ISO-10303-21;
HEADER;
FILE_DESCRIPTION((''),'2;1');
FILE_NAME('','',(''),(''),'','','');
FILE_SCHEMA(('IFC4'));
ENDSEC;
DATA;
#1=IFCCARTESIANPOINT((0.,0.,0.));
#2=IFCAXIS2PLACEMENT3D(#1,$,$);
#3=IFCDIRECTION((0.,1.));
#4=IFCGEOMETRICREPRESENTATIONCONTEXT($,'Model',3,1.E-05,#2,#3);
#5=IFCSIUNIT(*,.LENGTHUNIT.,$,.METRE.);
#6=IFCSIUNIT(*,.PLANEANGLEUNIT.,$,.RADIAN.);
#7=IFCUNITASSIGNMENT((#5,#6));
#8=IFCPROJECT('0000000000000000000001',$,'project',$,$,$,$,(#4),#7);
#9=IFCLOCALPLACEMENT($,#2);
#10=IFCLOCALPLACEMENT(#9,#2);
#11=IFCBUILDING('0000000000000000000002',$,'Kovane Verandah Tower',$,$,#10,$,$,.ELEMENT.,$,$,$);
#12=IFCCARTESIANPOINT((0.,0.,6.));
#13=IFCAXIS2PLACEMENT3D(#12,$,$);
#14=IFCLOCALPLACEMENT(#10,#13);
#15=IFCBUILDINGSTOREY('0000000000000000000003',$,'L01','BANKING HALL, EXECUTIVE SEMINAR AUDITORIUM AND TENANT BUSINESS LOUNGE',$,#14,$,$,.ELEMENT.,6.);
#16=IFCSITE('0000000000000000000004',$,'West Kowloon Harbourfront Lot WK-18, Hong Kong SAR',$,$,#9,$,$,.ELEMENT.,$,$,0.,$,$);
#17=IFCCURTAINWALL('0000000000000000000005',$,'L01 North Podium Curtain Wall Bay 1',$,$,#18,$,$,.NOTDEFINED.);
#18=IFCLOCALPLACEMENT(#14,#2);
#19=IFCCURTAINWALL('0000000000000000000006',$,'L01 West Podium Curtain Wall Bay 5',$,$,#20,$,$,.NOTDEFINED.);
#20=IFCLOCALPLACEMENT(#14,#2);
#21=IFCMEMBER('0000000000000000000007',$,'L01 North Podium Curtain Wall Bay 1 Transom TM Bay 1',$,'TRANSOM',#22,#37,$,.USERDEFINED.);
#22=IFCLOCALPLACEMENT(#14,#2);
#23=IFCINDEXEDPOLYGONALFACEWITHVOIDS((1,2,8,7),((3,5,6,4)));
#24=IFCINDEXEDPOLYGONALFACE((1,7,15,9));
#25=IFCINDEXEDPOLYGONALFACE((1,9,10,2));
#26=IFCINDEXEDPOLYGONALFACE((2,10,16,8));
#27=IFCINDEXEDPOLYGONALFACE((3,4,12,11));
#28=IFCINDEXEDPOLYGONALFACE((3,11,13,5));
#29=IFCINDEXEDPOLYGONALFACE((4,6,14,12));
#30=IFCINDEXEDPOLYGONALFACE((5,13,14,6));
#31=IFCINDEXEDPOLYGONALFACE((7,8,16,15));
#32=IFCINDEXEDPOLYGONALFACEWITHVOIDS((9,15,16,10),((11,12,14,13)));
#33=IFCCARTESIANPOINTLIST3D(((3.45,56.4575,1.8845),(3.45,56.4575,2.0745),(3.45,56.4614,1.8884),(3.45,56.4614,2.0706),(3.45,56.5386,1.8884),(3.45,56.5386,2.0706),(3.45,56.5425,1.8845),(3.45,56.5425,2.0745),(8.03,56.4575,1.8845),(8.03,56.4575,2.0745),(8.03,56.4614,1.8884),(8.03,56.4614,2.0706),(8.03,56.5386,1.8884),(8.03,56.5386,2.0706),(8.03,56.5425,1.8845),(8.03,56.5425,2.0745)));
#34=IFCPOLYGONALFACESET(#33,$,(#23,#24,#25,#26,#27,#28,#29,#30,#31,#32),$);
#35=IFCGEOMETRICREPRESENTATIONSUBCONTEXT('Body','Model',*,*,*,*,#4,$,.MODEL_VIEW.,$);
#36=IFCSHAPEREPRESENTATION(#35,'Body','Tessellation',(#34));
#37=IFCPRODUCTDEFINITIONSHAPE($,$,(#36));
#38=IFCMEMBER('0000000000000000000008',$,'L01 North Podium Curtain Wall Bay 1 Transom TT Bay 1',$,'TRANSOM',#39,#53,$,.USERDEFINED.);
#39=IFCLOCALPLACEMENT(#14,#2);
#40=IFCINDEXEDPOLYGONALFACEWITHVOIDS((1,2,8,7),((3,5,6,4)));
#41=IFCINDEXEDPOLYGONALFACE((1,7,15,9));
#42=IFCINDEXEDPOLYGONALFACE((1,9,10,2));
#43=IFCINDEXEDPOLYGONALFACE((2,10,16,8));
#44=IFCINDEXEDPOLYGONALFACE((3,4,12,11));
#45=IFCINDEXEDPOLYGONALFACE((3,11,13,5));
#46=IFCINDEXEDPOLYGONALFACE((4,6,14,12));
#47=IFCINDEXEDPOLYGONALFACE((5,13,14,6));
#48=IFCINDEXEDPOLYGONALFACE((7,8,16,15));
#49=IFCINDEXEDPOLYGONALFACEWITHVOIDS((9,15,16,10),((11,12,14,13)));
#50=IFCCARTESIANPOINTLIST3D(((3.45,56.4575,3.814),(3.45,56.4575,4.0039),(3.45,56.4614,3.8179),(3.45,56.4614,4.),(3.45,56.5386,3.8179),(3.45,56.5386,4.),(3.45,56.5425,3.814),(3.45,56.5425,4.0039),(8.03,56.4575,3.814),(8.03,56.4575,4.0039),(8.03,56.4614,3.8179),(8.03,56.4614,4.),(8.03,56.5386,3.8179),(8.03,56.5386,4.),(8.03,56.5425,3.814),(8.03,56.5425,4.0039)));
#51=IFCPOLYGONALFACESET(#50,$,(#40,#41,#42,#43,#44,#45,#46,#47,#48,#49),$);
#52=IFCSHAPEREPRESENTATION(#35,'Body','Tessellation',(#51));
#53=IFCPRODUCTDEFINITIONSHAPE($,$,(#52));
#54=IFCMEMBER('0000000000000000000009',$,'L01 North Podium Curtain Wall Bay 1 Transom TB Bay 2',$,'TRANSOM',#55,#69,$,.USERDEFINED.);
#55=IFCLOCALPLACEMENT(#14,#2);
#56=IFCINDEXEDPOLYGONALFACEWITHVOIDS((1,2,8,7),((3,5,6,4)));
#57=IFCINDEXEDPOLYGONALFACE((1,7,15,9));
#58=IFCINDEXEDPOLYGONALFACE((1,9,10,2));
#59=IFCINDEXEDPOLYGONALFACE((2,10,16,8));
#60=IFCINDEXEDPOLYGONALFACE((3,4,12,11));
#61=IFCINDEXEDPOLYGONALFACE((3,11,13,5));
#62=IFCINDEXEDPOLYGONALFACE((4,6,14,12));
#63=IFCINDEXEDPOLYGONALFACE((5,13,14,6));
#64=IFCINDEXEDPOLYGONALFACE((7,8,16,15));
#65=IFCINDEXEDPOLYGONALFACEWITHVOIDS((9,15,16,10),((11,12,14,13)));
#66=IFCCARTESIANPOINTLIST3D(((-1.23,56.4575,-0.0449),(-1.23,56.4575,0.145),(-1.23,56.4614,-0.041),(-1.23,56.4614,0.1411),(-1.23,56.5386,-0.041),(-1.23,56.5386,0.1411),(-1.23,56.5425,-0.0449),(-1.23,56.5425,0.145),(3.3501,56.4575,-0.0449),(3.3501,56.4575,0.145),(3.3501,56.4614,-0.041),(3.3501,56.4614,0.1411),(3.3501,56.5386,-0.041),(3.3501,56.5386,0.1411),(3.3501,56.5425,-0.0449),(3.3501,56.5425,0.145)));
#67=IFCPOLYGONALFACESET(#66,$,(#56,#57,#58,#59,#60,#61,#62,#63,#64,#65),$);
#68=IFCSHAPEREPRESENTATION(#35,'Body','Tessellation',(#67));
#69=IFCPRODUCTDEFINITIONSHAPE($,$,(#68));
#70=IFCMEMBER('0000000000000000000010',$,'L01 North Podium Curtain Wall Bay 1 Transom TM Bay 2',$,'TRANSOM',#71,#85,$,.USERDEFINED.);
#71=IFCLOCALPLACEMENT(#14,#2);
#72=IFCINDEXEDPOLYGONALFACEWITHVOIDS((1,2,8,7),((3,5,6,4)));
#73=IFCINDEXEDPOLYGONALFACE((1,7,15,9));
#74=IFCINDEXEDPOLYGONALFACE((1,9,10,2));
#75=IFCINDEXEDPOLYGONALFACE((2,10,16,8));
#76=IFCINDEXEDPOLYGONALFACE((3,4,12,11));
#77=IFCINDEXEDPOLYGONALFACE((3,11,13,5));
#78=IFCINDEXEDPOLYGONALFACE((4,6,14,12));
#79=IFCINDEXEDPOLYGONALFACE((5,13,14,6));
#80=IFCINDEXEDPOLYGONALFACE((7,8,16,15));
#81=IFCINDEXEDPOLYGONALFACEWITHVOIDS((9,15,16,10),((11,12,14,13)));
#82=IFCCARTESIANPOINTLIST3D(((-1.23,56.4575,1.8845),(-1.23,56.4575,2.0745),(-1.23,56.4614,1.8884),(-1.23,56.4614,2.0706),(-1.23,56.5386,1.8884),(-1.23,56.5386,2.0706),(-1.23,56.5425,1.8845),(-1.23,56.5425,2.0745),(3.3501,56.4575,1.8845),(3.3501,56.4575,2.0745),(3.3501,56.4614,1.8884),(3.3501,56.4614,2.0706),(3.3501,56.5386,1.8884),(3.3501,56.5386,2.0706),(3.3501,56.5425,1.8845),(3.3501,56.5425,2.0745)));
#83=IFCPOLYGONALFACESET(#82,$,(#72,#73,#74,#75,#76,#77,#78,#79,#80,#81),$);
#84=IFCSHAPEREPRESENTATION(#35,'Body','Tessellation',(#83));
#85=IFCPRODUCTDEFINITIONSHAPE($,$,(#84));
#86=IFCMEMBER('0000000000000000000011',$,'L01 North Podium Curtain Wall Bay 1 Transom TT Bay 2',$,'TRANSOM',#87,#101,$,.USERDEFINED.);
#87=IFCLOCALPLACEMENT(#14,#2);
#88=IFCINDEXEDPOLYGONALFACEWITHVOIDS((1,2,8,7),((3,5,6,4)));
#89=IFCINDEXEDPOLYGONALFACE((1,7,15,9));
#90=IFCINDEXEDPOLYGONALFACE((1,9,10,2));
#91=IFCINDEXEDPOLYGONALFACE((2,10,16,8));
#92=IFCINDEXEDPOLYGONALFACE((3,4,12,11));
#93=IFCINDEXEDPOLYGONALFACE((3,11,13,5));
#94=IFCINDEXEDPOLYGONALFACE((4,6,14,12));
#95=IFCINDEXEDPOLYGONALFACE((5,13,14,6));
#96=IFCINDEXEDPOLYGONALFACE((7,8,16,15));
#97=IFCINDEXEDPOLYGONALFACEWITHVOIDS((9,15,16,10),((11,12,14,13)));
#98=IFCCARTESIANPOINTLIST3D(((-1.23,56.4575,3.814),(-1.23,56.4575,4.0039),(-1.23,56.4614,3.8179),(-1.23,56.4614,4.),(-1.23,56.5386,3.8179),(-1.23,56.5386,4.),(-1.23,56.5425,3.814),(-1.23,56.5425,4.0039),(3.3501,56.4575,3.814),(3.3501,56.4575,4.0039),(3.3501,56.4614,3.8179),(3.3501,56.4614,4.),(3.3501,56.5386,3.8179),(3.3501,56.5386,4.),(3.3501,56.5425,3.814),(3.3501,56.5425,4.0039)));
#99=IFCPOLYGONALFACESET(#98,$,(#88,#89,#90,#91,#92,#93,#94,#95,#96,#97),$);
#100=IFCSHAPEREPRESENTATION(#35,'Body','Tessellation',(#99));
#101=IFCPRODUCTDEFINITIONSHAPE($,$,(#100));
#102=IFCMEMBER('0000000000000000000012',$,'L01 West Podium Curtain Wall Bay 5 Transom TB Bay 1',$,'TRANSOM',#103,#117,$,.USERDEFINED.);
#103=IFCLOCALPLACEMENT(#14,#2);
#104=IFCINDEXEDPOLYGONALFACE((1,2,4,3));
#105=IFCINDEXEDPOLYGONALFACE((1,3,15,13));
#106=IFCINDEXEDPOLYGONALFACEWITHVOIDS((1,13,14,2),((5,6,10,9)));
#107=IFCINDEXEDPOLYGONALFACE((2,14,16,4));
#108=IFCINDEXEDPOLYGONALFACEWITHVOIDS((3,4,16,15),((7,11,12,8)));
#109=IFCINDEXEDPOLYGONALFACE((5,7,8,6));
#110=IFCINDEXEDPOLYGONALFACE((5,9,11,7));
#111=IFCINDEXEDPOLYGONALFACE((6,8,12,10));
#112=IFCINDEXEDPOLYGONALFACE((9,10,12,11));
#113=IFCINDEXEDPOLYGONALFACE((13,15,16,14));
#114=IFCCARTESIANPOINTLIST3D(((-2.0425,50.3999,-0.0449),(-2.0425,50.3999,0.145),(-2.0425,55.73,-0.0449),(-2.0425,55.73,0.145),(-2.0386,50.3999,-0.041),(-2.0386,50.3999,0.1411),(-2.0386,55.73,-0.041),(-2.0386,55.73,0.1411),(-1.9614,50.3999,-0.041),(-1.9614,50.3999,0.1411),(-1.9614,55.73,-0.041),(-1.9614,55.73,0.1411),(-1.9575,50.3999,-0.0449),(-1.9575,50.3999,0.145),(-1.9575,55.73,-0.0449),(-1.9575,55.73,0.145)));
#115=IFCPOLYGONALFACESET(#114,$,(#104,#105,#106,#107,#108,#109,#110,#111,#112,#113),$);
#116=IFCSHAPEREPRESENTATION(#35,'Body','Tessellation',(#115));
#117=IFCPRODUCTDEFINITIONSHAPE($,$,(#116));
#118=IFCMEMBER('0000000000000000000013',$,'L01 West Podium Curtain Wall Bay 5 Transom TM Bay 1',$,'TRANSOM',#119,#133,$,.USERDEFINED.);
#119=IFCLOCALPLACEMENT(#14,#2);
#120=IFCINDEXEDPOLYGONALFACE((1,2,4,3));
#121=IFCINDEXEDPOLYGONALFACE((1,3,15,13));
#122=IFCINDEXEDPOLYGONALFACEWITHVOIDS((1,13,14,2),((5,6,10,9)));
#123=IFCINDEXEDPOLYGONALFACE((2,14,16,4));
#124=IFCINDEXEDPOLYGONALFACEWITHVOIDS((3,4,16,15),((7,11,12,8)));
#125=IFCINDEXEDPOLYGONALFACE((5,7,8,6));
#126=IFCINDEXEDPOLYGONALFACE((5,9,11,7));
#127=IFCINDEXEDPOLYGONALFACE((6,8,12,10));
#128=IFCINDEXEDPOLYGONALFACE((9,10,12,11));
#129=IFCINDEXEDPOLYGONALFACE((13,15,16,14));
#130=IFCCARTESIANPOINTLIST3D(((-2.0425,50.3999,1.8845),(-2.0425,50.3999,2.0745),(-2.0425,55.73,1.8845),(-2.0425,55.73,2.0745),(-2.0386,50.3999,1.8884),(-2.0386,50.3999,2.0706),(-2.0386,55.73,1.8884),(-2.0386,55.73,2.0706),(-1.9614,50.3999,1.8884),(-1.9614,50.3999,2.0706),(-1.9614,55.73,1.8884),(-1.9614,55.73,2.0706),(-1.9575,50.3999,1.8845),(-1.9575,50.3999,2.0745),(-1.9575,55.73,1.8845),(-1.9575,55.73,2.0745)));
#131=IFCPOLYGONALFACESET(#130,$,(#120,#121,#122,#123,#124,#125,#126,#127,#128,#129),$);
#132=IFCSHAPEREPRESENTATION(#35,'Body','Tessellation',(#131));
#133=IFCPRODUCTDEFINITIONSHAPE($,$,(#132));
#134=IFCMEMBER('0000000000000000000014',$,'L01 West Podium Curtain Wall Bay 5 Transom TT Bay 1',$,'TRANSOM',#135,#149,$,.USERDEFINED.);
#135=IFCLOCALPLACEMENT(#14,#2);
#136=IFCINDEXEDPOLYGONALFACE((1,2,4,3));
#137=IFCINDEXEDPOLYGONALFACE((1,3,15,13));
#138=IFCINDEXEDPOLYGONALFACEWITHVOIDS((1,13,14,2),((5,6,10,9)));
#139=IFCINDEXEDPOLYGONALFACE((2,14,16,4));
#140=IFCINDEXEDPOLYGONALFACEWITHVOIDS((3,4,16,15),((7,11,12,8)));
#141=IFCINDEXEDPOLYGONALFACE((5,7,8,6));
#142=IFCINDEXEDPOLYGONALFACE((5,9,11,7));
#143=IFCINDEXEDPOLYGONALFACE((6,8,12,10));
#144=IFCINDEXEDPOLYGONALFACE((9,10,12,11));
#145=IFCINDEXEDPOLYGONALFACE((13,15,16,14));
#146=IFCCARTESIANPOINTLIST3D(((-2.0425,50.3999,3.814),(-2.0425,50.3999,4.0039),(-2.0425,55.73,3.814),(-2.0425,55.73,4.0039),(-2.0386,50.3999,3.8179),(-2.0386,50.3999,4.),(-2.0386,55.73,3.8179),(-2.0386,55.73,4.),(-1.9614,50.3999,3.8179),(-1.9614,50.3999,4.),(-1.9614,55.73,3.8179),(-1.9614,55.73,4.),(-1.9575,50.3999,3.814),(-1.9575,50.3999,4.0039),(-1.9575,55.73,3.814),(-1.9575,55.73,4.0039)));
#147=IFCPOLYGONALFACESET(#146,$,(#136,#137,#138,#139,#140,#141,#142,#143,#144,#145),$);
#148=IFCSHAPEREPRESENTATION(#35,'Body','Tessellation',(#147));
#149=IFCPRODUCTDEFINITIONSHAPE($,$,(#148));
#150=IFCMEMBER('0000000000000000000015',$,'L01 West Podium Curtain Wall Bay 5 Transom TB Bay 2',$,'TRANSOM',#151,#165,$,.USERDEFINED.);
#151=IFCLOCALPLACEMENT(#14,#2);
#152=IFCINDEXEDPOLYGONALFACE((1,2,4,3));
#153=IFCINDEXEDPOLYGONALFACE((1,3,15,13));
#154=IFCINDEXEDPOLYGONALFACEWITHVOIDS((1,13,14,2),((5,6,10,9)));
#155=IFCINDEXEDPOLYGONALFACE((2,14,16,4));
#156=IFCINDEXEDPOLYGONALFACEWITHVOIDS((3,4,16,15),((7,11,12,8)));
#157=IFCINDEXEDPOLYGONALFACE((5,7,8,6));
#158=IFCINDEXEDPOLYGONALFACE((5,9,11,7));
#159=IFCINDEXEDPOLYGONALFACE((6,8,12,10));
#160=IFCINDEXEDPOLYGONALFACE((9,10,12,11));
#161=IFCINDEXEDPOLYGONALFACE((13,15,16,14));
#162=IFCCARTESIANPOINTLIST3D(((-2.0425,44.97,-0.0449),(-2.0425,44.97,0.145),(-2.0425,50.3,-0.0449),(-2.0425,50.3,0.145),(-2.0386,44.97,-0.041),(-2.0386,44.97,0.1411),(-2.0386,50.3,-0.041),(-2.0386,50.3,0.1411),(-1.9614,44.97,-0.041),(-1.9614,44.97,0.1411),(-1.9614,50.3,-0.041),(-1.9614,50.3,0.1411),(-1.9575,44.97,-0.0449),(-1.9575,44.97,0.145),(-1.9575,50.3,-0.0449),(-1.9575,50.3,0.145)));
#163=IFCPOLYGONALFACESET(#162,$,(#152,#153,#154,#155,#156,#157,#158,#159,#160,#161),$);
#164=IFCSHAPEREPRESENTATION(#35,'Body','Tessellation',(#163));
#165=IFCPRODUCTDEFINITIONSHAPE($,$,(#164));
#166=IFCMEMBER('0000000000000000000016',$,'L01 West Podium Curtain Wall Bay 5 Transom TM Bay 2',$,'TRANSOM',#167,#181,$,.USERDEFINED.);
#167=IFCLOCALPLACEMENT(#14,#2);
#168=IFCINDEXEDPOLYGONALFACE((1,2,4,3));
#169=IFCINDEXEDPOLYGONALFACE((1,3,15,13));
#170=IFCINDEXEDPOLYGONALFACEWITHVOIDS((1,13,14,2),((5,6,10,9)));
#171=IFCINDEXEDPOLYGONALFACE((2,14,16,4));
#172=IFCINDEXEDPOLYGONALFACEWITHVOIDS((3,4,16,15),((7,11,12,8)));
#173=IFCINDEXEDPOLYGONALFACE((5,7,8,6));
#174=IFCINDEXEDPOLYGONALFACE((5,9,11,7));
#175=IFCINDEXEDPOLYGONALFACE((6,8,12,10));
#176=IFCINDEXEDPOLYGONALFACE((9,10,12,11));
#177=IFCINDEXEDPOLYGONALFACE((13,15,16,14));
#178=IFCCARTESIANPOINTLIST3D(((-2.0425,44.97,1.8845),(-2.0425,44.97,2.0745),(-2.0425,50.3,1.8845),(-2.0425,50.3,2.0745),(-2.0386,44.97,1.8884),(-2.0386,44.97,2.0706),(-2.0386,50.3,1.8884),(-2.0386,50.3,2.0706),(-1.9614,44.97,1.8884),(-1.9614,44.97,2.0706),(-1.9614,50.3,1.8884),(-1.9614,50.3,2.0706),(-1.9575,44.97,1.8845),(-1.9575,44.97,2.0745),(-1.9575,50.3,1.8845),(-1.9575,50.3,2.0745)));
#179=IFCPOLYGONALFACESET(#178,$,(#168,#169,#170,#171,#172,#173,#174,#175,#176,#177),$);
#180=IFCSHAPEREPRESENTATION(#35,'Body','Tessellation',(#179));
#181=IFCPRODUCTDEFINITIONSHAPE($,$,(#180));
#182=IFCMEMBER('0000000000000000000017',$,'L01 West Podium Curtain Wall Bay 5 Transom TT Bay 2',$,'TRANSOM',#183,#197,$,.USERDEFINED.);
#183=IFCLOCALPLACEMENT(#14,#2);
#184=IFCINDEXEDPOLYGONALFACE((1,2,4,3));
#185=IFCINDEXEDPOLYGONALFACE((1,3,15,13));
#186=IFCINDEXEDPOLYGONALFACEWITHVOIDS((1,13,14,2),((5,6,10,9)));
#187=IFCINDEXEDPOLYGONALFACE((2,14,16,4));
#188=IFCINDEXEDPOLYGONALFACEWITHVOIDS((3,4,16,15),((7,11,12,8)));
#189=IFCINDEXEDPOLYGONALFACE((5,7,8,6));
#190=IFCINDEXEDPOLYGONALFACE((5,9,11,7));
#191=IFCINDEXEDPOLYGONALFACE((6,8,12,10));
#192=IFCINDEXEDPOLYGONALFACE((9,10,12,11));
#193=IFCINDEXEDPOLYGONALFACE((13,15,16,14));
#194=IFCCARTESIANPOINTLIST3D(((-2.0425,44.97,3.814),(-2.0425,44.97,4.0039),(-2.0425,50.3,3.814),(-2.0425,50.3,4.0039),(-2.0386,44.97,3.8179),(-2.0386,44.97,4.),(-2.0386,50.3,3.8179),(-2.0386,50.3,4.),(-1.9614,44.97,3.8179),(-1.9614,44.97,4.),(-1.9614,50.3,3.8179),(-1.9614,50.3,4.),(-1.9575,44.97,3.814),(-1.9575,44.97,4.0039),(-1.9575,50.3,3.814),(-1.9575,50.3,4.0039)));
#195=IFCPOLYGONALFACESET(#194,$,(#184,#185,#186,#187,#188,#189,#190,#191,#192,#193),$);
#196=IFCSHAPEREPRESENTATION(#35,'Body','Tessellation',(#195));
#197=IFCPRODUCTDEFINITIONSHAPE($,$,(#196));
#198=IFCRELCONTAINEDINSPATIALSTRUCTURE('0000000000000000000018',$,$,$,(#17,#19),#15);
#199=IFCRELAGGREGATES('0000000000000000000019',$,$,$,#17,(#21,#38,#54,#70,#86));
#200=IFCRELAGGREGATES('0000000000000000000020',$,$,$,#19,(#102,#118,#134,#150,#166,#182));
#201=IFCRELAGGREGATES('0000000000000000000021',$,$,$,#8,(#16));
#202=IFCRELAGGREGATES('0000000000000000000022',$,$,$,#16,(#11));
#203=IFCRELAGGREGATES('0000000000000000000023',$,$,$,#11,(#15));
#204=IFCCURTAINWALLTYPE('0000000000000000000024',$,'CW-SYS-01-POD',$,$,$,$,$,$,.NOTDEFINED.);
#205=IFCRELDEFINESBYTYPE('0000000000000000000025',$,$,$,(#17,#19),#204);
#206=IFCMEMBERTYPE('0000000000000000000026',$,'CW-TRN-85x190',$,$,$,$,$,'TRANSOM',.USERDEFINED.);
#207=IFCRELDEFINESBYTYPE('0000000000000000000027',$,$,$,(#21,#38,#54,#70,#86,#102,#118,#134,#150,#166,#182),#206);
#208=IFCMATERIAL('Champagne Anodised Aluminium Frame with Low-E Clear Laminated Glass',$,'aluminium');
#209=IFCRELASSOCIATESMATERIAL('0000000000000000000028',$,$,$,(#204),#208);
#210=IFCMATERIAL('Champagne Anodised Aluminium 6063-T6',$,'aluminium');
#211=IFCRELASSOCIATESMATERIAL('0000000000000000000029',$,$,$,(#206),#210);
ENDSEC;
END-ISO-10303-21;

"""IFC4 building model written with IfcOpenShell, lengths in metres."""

from ifc_helpers import new_model, si_unit, direction, frame, origin, origin_2d, place, context, subcontext, project, spatial, hollow_rectangle, extrude, material, material_profile, profile_set, type_object, element, aggregate, save


model = new_model("IFC4")

# Units and contexts
model_context = context("Model", 3, precision=1e-05, world=origin(), true_north=direction((0.0, 1.0)))
body_context = subcontext(model_context, "Body", "Model", "MODEL_VIEW")
ifc_project = project(units=[si_unit("LENGTHUNIT", "METRE"), si_unit("PLANEANGLEUNIT", "RADIAN")], contexts=[model_context])

# Site, building, storey
site_placement = place(None, origin())
site = spatial("IfcSite", under=ifc_project, at=site_placement, Name="West Kowloon Harbourfront Lot WK-18, Hong Kong SAR", CompositionType="ELEMENT", RefElevation=0.0)
building_placement = place(site_placement, origin())
building = spatial("IfcBuilding", under=site, at=building_placement, Name="Kovane Verandah Tower", CompositionType="ELEMENT")
storey_placement = place(building_placement, frame((0.0, 0.0, 6.0)))
storey = spatial("IfcBuildingStorey", under=building, at=storey_placement, Name="L01", Description="BANKING HALL, EXECUTIVE SEMINAR AUDITORIUM AND TENANT BUSINESS LOUNGE", CompositionType="ELEMENT", Elevation=6.0)

# Curtain wall
ifc_material_1 = material(Name="Champagne Anodised Aluminium Frame with Low-E Clear Laminated Glass", Category="aluminium")
curtain_wall_type = type_object("IfcCurtainWallType", Name="CW-SYS-01-POD", PredefinedType="NOTDEFINED", material=ifc_material_1)
curtain_wall_1_placement = place(storey_placement, origin())
curtain_wall_1 = element("IfcCurtainWall", 1, at=curtain_wall_1_placement, inside=storey, type_object=curtain_wall_type, Name="L01 North Podium Curtain Wall Bay 1", PredefinedType="NOTDEFINED")
ifc_material_2 = material(Name="Champagne Anodised Aluminium 6063-T6", Category="aluminium")

# Curtain wall
curtain_wall_2_placement = place(storey_placement, origin())
curtain_wall_2 = element("IfcCurtainWall", 2, at=curtain_wall_2_placement, inside=storey, type_object=curtain_wall_type, Name="L01 West Podium Curtain Wall Bay 5", PredefinedType="NOTDEFINED")

# Members
ifc_material_profile_1 = material_profile(ifc_material_2, hollow_rectangle(XDim=0.085, YDim=0.1899, WallThickness=0.0039, at=origin_2d()), Name="AL85x190x4")
ifc_profile_set_1 = profile_set([ifc_material_profile_1], Name="Champagne Anodised Aluminium 6063-T6")
member_type_1 = type_object("IfcMemberType", Name="CW-TRN-85x190", ElementType="TRANSOM", PredefinedType="USERDEFINED", material=ifc_profile_set_1)
member_1_placement = place(storey_placement, frame((8.03, 56.5, 1.9795), z_axis=(-1.0, 0.0, 0.0), x_axis=(0.0, -1.0, 0.0)))
member_1 = element("IfcMember", 3, at=member_1_placement, type_object=member_type_1, Name="L01 North Podium Curtain Wall Bay 1 Transom TM Bay 1", ObjectType="TRANSOM", PredefinedType="USERDEFINED", context=body_context, shape_type="SweptSolid", body=[
    extrude(hollow_rectangle(XDim=0.085, YDim=0.1899, WallThickness=0.0039, at=origin_2d()), origin(), (0.0, 0.0, 1.0), 4.5801),
])
member_2_placement = place(storey_placement, frame((8.03, 56.5, 3.9089), z_axis=(-1.0, 0.0, 0.0), x_axis=(0.0, -1.0, 0.0)))
member_2 = element("IfcMember", 4, at=member_2_placement, type_object=member_type_1, Name="L01 North Podium Curtain Wall Bay 1 Transom TT Bay 1", ObjectType="TRANSOM", PredefinedType="USERDEFINED", context=body_context, shape_type="SweptSolid", body=[
    extrude(hollow_rectangle(XDim=0.085, YDim=0.1899, WallThickness=0.0039, at=origin_2d()), origin(), (0.0, 0.0, 1.0), 4.5801),
])
member_3_placement = place(storey_placement, frame((3.3501, 56.5, 0.05), z_axis=(-1.0, 0.0, 0.0), x_axis=(0.0, -1.0, 0.0)))
member_3 = element("IfcMember", 5, at=member_3_placement, type_object=member_type_1, Name="L01 North Podium Curtain Wall Bay 1 Transom TB Bay 2", ObjectType="TRANSOM", PredefinedType="USERDEFINED", context=body_context, shape_type="SweptSolid", body=[
    extrude(hollow_rectangle(XDim=0.085, YDim=0.1899, WallThickness=0.0039, at=origin_2d()), origin(), (0.0, 0.0, 1.0), 4.5801),
])
member_4_placement = place(storey_placement, frame((3.3501, 56.5, 1.9795), z_axis=(-1.0, 0.0, 0.0), x_axis=(0.0, -1.0, 0.0)))
member_4 = element("IfcMember", 6, at=member_4_placement, type_object=member_type_1, Name="L01 North Podium Curtain Wall Bay 1 Transom TM Bay 2", ObjectType="TRANSOM", PredefinedType="USERDEFINED", context=body_context, shape_type="SweptSolid", body=[
    extrude(hollow_rectangle(XDim=0.085, YDim=0.1899, WallThickness=0.0039, at=origin_2d()), origin(), (0.0, 0.0, 1.0), 4.5801),
])
member_5_placement = place(storey_placement, frame((3.3501, 56.5, 3.9089), z_axis=(-1.0, 0.0, 0.0), x_axis=(0.0, -1.0, 0.0)))
member_5 = element("IfcMember", 7, at=member_5_placement, type_object=member_type_1, Name="L01 North Podium Curtain Wall Bay 1 Transom TT Bay 2", ObjectType="TRANSOM", PredefinedType="USERDEFINED", context=body_context, shape_type="SweptSolid", body=[
    extrude(hollow_rectangle(XDim=0.085, YDim=0.1899, WallThickness=0.0039, at=origin_2d()), origin(), (0.0, 0.0, 1.0), 4.5801),
])
member_6_placement = place(storey_placement, frame((-2.0, 55.73, 0.05), z_axis=(0.0, -1.0, 0.0), x_axis=(1.0, 0.0, 0.0)))
member_6 = element("IfcMember", 8, at=member_6_placement, type_object=member_type_1, Name="L01 West Podium Curtain Wall Bay 5 Transom TB Bay 1", ObjectType="TRANSOM", PredefinedType="USERDEFINED", context=body_context, shape_type="SweptSolid", body=[
    extrude(hollow_rectangle(XDim=0.085, YDim=0.1899, WallThickness=0.0039, at=origin_2d()), origin(), (0.0, 0.0, 1.0), 5.3301),
])
member_7_placement = place(storey_placement, frame((-2.0, 55.73, 1.9795), z_axis=(0.0, -1.0, 0.0), x_axis=(1.0, 0.0, 0.0)))
member_7 = element("IfcMember", 9, at=member_7_placement, type_object=member_type_1, Name="L01 West Podium Curtain Wall Bay 5 Transom TM Bay 1", ObjectType="TRANSOM", PredefinedType="USERDEFINED", context=body_context, shape_type="SweptSolid", body=[
    extrude(hollow_rectangle(XDim=0.085, YDim=0.1899, WallThickness=0.0039, at=origin_2d()), origin(), (0.0, 0.0, 1.0), 5.3301),
])
member_8_placement = place(storey_placement, frame((-2.0, 55.73, 3.9089), z_axis=(0.0, -1.0, 0.0), x_axis=(1.0, 0.0, 0.0)))
member_8 = element("IfcMember", 10, at=member_8_placement, type_object=member_type_1, Name="L01 West Podium Curtain Wall Bay 5 Transom TT Bay 1", ObjectType="TRANSOM", PredefinedType="USERDEFINED", context=body_context, shape_type="SweptSolid", body=[
    extrude(hollow_rectangle(XDim=0.085, YDim=0.1899, WallThickness=0.0039, at=origin_2d()), origin(), (0.0, 0.0, 1.0), 5.3301),
])
member_9_placement = place(storey_placement, frame((-2.0, 50.3, 0.05), z_axis=(0.0, -1.0, 0.0), x_axis=(1.0, 0.0, 0.0)))
member_9 = element("IfcMember", 11, at=member_9_placement, type_object=member_type_1, Name="L01 West Podium Curtain Wall Bay 5 Transom TB Bay 2", ObjectType="TRANSOM", PredefinedType="USERDEFINED", context=body_context, shape_type="SweptSolid", body=[
    extrude(hollow_rectangle(XDim=0.085, YDim=0.1899, WallThickness=0.0039, at=origin_2d()), origin(), (0.0, 0.0, 1.0), 5.3301),
])
member_10_placement = place(storey_placement, frame((-2.0, 50.3, 1.9795), z_axis=(0.0, -1.0, 0.0), x_axis=(1.0, 0.0, 0.0)))
member_10 = element("IfcMember", 12, at=member_10_placement, type_object=member_type_1, Name="L01 West Podium Curtain Wall Bay 5 Transom TM Bay 2", ObjectType="TRANSOM", PredefinedType="USERDEFINED", context=body_context, shape_type="SweptSolid", body=[
    extrude(hollow_rectangle(XDim=0.085, YDim=0.1899, WallThickness=0.0039, at=origin_2d()), origin(), (0.0, 0.0, 1.0), 5.3301),
])
member_11_placement = place(storey_placement, frame((-2.0, 50.3, 3.9089), z_axis=(0.0, -1.0, 0.0), x_axis=(1.0, 0.0, 0.0)))
member_11 = element("IfcMember", 13, at=member_11_placement, type_object=member_type_1, Name="L01 West Podium Curtain Wall Bay 5 Transom TT Bay 2", ObjectType="TRANSOM", PredefinedType="USERDEFINED", context=body_context, shape_type="SweptSolid", body=[
    extrude(hollow_rectangle(XDim=0.085, YDim=0.1899, WallThickness=0.0039, at=origin_2d()), origin(), (0.0, 0.0, 1.0), 5.3301),
])

aggregate(curtain_wall_1, [member_1, member_2, member_3, member_4, member_5])
aggregate(curtain_wall_2, [member_6, member_7, member_8, member_9, member_10, member_11])

save(model, "model.ifc")
